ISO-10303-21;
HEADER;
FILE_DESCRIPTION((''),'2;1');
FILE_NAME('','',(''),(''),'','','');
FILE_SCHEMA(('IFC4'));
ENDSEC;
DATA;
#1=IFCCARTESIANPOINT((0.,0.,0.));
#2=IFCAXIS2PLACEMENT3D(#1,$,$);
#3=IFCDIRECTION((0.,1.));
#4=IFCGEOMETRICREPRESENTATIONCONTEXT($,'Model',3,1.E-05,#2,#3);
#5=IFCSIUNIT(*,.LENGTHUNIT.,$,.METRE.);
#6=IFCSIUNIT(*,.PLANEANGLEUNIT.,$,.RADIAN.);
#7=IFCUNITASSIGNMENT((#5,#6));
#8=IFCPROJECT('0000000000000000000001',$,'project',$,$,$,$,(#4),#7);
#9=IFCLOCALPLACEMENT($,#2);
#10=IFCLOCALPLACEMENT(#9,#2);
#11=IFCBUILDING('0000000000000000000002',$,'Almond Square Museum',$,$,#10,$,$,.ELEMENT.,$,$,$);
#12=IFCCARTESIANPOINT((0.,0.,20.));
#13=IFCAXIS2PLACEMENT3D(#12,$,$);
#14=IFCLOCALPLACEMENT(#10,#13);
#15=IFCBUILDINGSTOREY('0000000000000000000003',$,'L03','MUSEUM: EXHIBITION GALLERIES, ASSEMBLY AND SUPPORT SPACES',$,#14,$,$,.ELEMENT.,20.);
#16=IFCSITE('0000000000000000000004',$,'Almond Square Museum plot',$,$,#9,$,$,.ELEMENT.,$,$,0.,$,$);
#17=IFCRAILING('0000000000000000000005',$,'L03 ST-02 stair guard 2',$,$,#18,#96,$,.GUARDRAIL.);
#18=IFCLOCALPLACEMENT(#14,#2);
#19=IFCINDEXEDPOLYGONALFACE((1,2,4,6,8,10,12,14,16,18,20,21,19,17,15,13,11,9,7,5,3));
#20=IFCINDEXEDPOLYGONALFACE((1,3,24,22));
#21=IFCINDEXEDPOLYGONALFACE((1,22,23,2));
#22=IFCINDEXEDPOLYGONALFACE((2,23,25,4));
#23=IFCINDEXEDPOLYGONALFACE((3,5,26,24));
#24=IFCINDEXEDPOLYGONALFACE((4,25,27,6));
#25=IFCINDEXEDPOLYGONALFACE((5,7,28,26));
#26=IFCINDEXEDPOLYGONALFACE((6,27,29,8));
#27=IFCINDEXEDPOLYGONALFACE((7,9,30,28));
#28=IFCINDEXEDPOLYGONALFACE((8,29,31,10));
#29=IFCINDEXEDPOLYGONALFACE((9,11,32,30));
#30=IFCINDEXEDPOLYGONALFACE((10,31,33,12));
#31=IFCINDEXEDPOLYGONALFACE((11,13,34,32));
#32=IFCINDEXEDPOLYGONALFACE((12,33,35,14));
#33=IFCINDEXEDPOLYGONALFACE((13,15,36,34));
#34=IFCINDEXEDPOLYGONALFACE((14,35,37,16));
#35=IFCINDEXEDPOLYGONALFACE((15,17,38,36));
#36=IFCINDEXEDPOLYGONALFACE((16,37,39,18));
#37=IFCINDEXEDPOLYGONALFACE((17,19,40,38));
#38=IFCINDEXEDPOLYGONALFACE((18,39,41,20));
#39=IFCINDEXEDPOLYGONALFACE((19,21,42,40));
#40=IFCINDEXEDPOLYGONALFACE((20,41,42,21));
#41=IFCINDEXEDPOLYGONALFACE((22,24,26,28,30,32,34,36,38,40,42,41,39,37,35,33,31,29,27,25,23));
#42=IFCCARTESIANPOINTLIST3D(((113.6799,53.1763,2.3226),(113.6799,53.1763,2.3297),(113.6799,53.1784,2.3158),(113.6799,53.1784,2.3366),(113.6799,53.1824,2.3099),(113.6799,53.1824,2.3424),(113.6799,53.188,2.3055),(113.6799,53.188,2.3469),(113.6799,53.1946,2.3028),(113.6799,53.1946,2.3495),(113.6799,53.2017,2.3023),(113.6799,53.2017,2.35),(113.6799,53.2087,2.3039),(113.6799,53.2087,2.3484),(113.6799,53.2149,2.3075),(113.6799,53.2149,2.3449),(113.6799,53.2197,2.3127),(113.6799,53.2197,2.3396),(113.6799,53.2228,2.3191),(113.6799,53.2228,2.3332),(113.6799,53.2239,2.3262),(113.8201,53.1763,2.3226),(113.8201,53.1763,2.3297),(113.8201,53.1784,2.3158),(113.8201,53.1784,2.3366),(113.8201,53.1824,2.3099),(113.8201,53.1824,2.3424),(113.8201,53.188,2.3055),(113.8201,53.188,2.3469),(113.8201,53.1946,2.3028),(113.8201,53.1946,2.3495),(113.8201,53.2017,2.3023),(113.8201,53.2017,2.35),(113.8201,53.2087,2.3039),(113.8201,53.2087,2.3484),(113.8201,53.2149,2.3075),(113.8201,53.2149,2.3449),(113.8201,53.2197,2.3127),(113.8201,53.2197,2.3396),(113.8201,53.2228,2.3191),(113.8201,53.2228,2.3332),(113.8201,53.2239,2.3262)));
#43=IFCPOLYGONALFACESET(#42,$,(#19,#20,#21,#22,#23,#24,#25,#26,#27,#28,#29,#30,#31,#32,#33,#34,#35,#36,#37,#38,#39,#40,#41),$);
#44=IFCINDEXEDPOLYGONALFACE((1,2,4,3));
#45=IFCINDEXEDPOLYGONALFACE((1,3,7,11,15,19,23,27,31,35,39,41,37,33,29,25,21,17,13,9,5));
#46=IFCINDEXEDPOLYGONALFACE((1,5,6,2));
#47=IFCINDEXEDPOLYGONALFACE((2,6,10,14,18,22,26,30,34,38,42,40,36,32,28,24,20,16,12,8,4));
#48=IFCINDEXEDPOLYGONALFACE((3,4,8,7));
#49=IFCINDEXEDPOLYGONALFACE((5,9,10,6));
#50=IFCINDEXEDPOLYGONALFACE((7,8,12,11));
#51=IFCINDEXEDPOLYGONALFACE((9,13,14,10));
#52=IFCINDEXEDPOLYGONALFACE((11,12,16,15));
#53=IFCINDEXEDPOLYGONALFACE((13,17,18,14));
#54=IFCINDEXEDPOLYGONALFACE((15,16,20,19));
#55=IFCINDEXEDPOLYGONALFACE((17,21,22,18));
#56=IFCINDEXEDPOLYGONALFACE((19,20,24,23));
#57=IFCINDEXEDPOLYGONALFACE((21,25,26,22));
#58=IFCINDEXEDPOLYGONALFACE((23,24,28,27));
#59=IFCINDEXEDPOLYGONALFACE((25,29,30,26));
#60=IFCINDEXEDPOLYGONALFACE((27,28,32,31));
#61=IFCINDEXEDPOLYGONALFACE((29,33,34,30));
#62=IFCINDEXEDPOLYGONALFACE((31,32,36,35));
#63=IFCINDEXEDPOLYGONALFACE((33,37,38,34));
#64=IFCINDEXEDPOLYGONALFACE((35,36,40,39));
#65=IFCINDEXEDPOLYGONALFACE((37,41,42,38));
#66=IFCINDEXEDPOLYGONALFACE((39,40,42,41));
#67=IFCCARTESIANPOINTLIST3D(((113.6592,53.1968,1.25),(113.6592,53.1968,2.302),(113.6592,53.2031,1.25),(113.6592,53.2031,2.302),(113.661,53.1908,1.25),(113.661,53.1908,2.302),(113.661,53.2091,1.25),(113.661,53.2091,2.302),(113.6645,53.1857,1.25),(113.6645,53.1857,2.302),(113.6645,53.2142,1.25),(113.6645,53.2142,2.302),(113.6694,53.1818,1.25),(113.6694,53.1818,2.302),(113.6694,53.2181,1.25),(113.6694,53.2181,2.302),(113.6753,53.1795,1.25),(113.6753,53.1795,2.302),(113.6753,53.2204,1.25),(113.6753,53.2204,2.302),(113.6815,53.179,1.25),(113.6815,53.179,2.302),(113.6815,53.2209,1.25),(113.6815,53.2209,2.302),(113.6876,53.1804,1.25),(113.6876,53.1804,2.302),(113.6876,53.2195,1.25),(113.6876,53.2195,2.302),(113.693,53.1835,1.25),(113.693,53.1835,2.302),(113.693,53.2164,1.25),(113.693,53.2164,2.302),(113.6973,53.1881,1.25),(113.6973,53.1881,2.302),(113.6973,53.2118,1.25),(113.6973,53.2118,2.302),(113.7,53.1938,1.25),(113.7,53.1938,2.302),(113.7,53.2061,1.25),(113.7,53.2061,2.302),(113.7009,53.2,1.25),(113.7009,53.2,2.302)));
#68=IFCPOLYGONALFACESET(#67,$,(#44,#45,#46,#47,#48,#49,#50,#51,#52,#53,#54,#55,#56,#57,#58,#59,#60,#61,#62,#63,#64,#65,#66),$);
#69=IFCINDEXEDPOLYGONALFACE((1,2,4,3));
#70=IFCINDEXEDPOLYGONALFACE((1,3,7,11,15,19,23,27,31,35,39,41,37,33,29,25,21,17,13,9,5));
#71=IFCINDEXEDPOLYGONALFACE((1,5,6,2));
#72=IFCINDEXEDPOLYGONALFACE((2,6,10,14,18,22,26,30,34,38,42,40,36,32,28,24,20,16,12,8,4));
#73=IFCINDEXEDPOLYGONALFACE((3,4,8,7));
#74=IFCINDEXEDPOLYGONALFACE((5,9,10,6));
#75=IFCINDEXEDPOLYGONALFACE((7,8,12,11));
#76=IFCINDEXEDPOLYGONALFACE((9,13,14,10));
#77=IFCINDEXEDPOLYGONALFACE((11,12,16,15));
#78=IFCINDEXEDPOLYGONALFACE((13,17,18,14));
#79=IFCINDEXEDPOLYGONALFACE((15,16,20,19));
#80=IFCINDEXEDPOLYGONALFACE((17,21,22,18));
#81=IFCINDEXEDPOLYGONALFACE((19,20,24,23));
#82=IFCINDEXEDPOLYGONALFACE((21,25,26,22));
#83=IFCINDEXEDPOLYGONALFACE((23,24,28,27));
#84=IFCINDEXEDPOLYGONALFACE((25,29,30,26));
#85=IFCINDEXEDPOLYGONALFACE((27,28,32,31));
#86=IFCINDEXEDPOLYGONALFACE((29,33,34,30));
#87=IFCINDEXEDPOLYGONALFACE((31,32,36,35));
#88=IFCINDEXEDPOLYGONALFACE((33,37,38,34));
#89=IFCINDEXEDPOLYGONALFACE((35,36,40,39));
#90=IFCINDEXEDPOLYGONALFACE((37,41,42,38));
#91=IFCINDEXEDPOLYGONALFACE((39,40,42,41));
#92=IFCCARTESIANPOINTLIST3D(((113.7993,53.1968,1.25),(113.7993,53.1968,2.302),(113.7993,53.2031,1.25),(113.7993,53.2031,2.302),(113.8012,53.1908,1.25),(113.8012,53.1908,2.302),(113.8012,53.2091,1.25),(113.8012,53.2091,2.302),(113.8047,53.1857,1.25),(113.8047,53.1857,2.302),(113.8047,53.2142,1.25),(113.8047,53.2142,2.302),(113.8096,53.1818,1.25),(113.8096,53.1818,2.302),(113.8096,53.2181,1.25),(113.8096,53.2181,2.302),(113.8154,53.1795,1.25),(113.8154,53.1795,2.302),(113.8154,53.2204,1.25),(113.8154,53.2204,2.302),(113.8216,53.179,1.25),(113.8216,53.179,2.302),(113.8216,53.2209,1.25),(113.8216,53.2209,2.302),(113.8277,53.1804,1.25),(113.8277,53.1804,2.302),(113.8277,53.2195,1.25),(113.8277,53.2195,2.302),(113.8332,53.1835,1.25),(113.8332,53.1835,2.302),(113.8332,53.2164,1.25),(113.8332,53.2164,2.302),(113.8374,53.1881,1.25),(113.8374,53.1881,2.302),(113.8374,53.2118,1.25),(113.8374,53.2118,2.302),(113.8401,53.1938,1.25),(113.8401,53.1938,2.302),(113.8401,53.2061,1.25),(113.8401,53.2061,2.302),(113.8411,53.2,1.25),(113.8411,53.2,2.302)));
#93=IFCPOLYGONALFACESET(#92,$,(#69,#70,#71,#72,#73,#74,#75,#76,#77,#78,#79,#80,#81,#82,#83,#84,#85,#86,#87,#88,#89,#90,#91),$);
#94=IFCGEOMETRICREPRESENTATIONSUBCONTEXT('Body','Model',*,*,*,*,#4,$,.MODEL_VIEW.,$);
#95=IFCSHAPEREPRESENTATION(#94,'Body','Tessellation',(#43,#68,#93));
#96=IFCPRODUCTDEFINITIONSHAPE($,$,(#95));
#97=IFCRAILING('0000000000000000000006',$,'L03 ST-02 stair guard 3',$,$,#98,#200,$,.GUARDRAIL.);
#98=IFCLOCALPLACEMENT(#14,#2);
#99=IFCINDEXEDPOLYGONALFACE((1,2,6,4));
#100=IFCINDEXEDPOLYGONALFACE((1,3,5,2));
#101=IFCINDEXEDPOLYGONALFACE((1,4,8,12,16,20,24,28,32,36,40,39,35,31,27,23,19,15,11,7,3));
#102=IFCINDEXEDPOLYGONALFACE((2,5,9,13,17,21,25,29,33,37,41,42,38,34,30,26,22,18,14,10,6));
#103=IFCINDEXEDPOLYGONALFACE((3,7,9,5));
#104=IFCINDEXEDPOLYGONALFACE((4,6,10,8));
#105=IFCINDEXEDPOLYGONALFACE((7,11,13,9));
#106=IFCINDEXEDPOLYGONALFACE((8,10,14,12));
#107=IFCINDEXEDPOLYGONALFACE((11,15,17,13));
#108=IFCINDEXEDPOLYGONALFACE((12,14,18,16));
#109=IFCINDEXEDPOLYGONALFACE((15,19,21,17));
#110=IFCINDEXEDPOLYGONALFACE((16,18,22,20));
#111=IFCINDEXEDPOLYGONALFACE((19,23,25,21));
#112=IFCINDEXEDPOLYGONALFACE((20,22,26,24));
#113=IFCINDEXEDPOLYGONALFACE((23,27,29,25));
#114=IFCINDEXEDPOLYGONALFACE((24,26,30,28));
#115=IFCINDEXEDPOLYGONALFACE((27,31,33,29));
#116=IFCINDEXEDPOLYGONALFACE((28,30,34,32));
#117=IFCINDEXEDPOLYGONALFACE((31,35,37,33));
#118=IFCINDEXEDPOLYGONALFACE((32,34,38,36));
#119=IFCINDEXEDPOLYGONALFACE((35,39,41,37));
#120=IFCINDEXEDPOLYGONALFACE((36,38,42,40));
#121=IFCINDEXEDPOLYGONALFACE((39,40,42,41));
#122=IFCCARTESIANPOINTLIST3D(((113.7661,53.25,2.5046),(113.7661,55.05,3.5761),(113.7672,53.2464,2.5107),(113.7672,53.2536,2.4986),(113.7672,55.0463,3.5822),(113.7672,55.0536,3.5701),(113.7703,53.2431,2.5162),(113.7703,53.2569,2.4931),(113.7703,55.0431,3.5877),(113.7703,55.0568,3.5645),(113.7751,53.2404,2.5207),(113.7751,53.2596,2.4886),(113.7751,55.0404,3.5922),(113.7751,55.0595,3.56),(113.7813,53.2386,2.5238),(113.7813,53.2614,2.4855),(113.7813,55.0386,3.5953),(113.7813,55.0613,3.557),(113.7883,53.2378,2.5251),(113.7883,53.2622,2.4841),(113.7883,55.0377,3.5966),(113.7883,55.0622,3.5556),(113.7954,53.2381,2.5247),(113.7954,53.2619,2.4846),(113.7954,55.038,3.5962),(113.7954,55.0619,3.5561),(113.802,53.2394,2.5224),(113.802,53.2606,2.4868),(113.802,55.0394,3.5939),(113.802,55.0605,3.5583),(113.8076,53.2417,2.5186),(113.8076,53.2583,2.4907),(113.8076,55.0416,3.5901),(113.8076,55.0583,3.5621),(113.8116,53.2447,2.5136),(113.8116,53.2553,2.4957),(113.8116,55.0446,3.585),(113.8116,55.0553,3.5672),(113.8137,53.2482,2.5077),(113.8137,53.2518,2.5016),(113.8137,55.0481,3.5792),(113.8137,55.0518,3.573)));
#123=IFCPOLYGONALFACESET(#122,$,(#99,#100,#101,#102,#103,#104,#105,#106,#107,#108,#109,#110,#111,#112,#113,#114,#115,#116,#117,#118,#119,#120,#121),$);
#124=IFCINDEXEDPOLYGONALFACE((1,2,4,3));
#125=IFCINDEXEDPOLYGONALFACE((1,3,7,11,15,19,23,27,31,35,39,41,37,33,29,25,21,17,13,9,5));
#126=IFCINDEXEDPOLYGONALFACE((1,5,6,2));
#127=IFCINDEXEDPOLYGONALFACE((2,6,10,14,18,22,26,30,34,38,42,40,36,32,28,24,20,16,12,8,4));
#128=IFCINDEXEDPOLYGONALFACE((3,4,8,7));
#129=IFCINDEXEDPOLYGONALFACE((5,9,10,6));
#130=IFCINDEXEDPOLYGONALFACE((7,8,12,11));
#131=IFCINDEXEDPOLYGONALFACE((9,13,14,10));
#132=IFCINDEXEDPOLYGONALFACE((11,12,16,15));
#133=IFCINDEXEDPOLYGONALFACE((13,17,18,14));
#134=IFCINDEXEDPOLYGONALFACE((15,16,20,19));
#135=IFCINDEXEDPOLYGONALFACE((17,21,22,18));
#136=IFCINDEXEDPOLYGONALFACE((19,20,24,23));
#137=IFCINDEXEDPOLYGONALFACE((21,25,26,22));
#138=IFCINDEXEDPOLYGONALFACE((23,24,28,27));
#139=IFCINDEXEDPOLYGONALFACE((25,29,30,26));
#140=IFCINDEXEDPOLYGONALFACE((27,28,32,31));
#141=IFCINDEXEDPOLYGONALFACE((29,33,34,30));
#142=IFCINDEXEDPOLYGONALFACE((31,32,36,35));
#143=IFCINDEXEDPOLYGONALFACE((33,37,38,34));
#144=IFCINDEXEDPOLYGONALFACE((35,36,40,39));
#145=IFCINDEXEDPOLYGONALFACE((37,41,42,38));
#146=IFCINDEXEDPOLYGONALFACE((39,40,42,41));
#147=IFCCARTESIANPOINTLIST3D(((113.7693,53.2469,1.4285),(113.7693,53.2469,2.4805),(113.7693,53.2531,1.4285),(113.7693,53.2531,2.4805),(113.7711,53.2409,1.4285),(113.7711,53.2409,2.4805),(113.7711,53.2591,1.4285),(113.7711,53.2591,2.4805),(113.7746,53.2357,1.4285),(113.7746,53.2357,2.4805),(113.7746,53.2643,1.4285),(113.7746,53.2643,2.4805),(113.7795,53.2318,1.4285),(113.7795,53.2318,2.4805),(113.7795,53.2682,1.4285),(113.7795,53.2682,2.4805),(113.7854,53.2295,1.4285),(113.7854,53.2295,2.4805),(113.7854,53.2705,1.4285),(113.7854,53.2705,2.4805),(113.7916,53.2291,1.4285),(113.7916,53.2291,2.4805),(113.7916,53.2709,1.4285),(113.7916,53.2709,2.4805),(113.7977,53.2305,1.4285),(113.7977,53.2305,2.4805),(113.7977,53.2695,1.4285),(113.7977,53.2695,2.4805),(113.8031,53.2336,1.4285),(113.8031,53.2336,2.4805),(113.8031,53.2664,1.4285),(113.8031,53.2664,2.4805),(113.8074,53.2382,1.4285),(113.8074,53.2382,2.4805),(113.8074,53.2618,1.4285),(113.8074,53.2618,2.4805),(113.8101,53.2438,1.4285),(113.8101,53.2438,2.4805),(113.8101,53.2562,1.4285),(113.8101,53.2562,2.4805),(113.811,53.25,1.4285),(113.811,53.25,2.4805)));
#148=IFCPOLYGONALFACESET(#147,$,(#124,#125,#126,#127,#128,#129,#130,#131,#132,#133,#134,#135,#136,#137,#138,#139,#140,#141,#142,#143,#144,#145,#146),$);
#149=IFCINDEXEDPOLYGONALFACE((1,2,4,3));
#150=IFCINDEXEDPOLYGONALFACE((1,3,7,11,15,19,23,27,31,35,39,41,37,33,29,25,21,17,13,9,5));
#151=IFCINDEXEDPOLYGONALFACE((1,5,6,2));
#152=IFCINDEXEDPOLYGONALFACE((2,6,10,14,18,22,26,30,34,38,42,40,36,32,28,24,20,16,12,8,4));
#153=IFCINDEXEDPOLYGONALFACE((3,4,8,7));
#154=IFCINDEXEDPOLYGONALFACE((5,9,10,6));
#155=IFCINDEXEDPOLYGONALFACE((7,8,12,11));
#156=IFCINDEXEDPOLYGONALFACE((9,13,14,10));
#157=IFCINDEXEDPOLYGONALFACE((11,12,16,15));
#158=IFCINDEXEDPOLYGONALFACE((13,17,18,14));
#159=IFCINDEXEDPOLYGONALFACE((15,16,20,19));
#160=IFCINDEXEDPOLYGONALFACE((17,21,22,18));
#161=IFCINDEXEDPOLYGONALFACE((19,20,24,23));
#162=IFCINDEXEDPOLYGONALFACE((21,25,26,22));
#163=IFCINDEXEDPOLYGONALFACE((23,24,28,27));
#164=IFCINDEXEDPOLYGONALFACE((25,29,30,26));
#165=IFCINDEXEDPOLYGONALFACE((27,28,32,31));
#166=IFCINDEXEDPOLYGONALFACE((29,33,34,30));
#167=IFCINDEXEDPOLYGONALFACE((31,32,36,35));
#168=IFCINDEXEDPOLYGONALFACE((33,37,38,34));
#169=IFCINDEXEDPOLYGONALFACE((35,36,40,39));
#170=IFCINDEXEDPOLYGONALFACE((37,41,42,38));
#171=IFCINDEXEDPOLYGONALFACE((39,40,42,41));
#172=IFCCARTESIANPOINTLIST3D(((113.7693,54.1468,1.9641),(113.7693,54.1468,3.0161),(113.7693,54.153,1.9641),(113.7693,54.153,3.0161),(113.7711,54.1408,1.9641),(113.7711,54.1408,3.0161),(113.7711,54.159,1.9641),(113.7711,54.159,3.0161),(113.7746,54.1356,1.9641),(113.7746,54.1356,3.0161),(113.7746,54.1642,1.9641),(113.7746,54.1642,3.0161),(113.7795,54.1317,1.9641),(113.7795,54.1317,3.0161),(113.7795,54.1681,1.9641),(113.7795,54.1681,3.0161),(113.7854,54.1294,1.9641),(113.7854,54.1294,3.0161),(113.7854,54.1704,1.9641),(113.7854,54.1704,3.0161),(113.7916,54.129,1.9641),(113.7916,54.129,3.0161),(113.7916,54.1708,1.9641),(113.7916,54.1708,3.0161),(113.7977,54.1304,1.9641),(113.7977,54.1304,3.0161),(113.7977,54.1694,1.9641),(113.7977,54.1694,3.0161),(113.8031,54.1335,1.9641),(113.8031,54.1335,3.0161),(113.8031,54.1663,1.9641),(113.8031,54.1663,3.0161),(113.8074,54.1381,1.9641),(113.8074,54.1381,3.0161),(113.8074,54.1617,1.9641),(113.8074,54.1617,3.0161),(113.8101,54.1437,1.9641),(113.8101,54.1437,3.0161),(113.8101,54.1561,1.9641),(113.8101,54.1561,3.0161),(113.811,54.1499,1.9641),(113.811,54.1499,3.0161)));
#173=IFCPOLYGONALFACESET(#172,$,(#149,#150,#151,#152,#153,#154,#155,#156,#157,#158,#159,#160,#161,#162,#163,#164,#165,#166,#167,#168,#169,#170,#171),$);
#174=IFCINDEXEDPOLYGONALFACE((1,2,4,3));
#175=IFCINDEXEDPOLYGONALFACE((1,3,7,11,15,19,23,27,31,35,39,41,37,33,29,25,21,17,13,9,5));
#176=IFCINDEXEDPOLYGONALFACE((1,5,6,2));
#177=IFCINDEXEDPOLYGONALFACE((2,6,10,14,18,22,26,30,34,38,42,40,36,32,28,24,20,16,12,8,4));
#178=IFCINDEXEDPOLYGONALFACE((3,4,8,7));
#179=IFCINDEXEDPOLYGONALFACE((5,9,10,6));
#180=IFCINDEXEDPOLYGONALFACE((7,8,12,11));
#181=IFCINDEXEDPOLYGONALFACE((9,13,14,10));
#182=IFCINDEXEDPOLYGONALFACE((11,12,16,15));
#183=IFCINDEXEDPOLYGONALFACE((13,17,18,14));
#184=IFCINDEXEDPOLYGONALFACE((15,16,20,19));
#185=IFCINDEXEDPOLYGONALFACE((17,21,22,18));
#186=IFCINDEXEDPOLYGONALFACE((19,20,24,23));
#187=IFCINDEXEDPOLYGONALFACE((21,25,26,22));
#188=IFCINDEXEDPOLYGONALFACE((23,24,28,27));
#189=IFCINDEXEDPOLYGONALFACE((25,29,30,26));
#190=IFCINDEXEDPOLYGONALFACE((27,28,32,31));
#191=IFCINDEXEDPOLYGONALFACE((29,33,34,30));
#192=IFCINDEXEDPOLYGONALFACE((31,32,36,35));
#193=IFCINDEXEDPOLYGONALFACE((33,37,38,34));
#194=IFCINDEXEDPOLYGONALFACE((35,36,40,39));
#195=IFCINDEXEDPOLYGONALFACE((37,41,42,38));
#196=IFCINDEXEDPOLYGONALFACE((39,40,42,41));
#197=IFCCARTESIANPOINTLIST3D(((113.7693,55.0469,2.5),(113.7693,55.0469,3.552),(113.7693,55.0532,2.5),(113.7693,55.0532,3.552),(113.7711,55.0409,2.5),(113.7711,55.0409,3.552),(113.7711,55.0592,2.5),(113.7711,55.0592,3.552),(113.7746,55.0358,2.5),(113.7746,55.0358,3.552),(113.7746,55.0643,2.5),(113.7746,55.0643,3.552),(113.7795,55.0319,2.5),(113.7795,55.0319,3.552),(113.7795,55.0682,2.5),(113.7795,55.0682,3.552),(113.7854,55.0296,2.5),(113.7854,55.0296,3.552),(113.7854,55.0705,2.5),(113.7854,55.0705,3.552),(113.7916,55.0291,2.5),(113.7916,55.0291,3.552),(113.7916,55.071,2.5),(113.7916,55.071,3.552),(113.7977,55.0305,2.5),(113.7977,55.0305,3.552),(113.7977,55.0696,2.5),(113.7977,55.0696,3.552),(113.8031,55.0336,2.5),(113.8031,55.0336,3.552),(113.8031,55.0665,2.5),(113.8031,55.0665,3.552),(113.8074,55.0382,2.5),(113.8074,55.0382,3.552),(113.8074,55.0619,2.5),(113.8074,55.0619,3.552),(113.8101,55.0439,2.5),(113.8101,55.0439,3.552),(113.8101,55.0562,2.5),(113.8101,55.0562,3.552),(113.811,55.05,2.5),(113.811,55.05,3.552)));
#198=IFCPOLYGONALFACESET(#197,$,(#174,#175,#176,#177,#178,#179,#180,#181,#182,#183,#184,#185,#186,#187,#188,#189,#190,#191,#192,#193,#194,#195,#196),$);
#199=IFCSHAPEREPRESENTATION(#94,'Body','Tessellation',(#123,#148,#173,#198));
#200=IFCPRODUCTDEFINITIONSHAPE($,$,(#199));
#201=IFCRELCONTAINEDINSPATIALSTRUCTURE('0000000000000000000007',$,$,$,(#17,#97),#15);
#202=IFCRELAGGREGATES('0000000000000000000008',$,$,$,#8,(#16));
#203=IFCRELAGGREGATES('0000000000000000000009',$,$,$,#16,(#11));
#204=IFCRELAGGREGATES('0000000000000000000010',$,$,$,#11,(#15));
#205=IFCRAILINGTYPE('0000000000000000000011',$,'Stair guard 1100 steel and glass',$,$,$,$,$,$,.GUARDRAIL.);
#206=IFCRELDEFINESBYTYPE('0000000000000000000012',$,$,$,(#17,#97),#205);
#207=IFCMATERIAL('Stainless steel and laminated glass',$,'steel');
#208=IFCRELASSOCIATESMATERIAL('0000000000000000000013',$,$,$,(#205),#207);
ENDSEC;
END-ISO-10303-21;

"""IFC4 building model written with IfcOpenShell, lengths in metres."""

from ifc_helpers import new_model, si_unit, direction, frame, origin, origin_2d, place, context, subcontext, project, spatial, circle, extrude, material, type_object, element, save


model = new_model("IFC4")

# Units and contexts
model_context = context("Model", 3, precision=1e-05, world=origin(), true_north=direction((0.0, 1.0)))
body_context = subcontext(model_context, "Body", "Model", "MODEL_VIEW")
ifc_project = project(units=[si_unit("LENGTHUNIT", "METRE"), si_unit("PLANEANGLEUNIT", "RADIAN")], contexts=[model_context])

# Site, building, storey
site_placement = place(None, origin())
site = spatial("IfcSite", under=ifc_project, at=site_placement, Name="Almond Square Museum plot", CompositionType="ELEMENT", RefElevation=0.0)
building_placement = place(site_placement, origin())
building = spatial("IfcBuilding", under=site, at=building_placement, Name="Almond Square Museum", CompositionType="ELEMENT")
storey_placement = place(building_placement, frame((0.0, 0.0, 20.0)))
storey = spatial("IfcBuildingStorey", under=building, at=storey_placement, Name="L03", Description="MUSEUM: EXHIBITION GALLERIES, ASSEMBLY AND SUPPORT SPACES", CompositionType="ELEMENT", Elevation=20.0)

# Railings
ifc_material_1 = material(Name="Stainless steel and laminated glass", Category="steel")
railing_type_1 = type_object("IfcRailingType", Name="Stair guard 1100 steel and glass", PredefinedType="GUARDRAIL", material=ifc_material_1)
railing_1_placement = place(storey_placement, frame((113.6799, 53.2, 1.25)))
element("IfcRailing", 1, at=railing_1_placement, inside=storey, type_object=railing_type_1, Name="L03 ST-02 stair guard 2", PredefinedType="GUARDRAIL", context=body_context, shape_type="SweptSolid", body=[
    extrude(circle(Radius=0.0239, at=origin_2d()), frame((0.0, 0.0, 1.0762), z_axis=(1.0, 0.0, 0.0), x_axis=(0.0, 1.0, 0.0)), (0.0, 0.0, 1.0), 0.1401),
    extrude(circle(Radius=0.021, at=origin_2d()), origin(), (0.0, 0.0, 1.0), 1.052),
    extrude(circle(Radius=0.021, at=origin_2d()), frame((0.1401, 0.0, 0.0)), (0.0, 0.0, 1.0), 1.052),
])
railing_2_placement = place(storey_placement, frame((113.79, 53.25, 1.4285)))
element("IfcRailing", 2, at=railing_2_placement, inside=storey, type_object=railing_type_1, Name="L03 ST-02 stair guard 3", PredefinedType="GUARDRAIL", context=body_context, shape_type="SweptSolid", body=[
    extrude(circle(Radius=0.0239, at=origin_2d()), frame((0.0, 0.0, 1.0762), z_axis=(0.0, 0.859277, 0.51151), x_axis=(-1.0, 0.0, 0.0)), (0.0, 0.0, 1.0), 2.0947),
    extrude(circle(Radius=0.021, at=origin_2d()), origin(), (0.0, 0.0, 1.0), 1.052),
    extrude(circle(Radius=0.021, at=origin_2d()), frame((0.0, 0.8999, 0.5356)), (0.0, 0.0, 1.0), 1.052),
    extrude(circle(Radius=0.021, at=origin_2d()), frame((0.0, 1.8, 1.0715)), (0.0, 0.0, 1.0), 1.052),
])

save(model, "model.ifc")
